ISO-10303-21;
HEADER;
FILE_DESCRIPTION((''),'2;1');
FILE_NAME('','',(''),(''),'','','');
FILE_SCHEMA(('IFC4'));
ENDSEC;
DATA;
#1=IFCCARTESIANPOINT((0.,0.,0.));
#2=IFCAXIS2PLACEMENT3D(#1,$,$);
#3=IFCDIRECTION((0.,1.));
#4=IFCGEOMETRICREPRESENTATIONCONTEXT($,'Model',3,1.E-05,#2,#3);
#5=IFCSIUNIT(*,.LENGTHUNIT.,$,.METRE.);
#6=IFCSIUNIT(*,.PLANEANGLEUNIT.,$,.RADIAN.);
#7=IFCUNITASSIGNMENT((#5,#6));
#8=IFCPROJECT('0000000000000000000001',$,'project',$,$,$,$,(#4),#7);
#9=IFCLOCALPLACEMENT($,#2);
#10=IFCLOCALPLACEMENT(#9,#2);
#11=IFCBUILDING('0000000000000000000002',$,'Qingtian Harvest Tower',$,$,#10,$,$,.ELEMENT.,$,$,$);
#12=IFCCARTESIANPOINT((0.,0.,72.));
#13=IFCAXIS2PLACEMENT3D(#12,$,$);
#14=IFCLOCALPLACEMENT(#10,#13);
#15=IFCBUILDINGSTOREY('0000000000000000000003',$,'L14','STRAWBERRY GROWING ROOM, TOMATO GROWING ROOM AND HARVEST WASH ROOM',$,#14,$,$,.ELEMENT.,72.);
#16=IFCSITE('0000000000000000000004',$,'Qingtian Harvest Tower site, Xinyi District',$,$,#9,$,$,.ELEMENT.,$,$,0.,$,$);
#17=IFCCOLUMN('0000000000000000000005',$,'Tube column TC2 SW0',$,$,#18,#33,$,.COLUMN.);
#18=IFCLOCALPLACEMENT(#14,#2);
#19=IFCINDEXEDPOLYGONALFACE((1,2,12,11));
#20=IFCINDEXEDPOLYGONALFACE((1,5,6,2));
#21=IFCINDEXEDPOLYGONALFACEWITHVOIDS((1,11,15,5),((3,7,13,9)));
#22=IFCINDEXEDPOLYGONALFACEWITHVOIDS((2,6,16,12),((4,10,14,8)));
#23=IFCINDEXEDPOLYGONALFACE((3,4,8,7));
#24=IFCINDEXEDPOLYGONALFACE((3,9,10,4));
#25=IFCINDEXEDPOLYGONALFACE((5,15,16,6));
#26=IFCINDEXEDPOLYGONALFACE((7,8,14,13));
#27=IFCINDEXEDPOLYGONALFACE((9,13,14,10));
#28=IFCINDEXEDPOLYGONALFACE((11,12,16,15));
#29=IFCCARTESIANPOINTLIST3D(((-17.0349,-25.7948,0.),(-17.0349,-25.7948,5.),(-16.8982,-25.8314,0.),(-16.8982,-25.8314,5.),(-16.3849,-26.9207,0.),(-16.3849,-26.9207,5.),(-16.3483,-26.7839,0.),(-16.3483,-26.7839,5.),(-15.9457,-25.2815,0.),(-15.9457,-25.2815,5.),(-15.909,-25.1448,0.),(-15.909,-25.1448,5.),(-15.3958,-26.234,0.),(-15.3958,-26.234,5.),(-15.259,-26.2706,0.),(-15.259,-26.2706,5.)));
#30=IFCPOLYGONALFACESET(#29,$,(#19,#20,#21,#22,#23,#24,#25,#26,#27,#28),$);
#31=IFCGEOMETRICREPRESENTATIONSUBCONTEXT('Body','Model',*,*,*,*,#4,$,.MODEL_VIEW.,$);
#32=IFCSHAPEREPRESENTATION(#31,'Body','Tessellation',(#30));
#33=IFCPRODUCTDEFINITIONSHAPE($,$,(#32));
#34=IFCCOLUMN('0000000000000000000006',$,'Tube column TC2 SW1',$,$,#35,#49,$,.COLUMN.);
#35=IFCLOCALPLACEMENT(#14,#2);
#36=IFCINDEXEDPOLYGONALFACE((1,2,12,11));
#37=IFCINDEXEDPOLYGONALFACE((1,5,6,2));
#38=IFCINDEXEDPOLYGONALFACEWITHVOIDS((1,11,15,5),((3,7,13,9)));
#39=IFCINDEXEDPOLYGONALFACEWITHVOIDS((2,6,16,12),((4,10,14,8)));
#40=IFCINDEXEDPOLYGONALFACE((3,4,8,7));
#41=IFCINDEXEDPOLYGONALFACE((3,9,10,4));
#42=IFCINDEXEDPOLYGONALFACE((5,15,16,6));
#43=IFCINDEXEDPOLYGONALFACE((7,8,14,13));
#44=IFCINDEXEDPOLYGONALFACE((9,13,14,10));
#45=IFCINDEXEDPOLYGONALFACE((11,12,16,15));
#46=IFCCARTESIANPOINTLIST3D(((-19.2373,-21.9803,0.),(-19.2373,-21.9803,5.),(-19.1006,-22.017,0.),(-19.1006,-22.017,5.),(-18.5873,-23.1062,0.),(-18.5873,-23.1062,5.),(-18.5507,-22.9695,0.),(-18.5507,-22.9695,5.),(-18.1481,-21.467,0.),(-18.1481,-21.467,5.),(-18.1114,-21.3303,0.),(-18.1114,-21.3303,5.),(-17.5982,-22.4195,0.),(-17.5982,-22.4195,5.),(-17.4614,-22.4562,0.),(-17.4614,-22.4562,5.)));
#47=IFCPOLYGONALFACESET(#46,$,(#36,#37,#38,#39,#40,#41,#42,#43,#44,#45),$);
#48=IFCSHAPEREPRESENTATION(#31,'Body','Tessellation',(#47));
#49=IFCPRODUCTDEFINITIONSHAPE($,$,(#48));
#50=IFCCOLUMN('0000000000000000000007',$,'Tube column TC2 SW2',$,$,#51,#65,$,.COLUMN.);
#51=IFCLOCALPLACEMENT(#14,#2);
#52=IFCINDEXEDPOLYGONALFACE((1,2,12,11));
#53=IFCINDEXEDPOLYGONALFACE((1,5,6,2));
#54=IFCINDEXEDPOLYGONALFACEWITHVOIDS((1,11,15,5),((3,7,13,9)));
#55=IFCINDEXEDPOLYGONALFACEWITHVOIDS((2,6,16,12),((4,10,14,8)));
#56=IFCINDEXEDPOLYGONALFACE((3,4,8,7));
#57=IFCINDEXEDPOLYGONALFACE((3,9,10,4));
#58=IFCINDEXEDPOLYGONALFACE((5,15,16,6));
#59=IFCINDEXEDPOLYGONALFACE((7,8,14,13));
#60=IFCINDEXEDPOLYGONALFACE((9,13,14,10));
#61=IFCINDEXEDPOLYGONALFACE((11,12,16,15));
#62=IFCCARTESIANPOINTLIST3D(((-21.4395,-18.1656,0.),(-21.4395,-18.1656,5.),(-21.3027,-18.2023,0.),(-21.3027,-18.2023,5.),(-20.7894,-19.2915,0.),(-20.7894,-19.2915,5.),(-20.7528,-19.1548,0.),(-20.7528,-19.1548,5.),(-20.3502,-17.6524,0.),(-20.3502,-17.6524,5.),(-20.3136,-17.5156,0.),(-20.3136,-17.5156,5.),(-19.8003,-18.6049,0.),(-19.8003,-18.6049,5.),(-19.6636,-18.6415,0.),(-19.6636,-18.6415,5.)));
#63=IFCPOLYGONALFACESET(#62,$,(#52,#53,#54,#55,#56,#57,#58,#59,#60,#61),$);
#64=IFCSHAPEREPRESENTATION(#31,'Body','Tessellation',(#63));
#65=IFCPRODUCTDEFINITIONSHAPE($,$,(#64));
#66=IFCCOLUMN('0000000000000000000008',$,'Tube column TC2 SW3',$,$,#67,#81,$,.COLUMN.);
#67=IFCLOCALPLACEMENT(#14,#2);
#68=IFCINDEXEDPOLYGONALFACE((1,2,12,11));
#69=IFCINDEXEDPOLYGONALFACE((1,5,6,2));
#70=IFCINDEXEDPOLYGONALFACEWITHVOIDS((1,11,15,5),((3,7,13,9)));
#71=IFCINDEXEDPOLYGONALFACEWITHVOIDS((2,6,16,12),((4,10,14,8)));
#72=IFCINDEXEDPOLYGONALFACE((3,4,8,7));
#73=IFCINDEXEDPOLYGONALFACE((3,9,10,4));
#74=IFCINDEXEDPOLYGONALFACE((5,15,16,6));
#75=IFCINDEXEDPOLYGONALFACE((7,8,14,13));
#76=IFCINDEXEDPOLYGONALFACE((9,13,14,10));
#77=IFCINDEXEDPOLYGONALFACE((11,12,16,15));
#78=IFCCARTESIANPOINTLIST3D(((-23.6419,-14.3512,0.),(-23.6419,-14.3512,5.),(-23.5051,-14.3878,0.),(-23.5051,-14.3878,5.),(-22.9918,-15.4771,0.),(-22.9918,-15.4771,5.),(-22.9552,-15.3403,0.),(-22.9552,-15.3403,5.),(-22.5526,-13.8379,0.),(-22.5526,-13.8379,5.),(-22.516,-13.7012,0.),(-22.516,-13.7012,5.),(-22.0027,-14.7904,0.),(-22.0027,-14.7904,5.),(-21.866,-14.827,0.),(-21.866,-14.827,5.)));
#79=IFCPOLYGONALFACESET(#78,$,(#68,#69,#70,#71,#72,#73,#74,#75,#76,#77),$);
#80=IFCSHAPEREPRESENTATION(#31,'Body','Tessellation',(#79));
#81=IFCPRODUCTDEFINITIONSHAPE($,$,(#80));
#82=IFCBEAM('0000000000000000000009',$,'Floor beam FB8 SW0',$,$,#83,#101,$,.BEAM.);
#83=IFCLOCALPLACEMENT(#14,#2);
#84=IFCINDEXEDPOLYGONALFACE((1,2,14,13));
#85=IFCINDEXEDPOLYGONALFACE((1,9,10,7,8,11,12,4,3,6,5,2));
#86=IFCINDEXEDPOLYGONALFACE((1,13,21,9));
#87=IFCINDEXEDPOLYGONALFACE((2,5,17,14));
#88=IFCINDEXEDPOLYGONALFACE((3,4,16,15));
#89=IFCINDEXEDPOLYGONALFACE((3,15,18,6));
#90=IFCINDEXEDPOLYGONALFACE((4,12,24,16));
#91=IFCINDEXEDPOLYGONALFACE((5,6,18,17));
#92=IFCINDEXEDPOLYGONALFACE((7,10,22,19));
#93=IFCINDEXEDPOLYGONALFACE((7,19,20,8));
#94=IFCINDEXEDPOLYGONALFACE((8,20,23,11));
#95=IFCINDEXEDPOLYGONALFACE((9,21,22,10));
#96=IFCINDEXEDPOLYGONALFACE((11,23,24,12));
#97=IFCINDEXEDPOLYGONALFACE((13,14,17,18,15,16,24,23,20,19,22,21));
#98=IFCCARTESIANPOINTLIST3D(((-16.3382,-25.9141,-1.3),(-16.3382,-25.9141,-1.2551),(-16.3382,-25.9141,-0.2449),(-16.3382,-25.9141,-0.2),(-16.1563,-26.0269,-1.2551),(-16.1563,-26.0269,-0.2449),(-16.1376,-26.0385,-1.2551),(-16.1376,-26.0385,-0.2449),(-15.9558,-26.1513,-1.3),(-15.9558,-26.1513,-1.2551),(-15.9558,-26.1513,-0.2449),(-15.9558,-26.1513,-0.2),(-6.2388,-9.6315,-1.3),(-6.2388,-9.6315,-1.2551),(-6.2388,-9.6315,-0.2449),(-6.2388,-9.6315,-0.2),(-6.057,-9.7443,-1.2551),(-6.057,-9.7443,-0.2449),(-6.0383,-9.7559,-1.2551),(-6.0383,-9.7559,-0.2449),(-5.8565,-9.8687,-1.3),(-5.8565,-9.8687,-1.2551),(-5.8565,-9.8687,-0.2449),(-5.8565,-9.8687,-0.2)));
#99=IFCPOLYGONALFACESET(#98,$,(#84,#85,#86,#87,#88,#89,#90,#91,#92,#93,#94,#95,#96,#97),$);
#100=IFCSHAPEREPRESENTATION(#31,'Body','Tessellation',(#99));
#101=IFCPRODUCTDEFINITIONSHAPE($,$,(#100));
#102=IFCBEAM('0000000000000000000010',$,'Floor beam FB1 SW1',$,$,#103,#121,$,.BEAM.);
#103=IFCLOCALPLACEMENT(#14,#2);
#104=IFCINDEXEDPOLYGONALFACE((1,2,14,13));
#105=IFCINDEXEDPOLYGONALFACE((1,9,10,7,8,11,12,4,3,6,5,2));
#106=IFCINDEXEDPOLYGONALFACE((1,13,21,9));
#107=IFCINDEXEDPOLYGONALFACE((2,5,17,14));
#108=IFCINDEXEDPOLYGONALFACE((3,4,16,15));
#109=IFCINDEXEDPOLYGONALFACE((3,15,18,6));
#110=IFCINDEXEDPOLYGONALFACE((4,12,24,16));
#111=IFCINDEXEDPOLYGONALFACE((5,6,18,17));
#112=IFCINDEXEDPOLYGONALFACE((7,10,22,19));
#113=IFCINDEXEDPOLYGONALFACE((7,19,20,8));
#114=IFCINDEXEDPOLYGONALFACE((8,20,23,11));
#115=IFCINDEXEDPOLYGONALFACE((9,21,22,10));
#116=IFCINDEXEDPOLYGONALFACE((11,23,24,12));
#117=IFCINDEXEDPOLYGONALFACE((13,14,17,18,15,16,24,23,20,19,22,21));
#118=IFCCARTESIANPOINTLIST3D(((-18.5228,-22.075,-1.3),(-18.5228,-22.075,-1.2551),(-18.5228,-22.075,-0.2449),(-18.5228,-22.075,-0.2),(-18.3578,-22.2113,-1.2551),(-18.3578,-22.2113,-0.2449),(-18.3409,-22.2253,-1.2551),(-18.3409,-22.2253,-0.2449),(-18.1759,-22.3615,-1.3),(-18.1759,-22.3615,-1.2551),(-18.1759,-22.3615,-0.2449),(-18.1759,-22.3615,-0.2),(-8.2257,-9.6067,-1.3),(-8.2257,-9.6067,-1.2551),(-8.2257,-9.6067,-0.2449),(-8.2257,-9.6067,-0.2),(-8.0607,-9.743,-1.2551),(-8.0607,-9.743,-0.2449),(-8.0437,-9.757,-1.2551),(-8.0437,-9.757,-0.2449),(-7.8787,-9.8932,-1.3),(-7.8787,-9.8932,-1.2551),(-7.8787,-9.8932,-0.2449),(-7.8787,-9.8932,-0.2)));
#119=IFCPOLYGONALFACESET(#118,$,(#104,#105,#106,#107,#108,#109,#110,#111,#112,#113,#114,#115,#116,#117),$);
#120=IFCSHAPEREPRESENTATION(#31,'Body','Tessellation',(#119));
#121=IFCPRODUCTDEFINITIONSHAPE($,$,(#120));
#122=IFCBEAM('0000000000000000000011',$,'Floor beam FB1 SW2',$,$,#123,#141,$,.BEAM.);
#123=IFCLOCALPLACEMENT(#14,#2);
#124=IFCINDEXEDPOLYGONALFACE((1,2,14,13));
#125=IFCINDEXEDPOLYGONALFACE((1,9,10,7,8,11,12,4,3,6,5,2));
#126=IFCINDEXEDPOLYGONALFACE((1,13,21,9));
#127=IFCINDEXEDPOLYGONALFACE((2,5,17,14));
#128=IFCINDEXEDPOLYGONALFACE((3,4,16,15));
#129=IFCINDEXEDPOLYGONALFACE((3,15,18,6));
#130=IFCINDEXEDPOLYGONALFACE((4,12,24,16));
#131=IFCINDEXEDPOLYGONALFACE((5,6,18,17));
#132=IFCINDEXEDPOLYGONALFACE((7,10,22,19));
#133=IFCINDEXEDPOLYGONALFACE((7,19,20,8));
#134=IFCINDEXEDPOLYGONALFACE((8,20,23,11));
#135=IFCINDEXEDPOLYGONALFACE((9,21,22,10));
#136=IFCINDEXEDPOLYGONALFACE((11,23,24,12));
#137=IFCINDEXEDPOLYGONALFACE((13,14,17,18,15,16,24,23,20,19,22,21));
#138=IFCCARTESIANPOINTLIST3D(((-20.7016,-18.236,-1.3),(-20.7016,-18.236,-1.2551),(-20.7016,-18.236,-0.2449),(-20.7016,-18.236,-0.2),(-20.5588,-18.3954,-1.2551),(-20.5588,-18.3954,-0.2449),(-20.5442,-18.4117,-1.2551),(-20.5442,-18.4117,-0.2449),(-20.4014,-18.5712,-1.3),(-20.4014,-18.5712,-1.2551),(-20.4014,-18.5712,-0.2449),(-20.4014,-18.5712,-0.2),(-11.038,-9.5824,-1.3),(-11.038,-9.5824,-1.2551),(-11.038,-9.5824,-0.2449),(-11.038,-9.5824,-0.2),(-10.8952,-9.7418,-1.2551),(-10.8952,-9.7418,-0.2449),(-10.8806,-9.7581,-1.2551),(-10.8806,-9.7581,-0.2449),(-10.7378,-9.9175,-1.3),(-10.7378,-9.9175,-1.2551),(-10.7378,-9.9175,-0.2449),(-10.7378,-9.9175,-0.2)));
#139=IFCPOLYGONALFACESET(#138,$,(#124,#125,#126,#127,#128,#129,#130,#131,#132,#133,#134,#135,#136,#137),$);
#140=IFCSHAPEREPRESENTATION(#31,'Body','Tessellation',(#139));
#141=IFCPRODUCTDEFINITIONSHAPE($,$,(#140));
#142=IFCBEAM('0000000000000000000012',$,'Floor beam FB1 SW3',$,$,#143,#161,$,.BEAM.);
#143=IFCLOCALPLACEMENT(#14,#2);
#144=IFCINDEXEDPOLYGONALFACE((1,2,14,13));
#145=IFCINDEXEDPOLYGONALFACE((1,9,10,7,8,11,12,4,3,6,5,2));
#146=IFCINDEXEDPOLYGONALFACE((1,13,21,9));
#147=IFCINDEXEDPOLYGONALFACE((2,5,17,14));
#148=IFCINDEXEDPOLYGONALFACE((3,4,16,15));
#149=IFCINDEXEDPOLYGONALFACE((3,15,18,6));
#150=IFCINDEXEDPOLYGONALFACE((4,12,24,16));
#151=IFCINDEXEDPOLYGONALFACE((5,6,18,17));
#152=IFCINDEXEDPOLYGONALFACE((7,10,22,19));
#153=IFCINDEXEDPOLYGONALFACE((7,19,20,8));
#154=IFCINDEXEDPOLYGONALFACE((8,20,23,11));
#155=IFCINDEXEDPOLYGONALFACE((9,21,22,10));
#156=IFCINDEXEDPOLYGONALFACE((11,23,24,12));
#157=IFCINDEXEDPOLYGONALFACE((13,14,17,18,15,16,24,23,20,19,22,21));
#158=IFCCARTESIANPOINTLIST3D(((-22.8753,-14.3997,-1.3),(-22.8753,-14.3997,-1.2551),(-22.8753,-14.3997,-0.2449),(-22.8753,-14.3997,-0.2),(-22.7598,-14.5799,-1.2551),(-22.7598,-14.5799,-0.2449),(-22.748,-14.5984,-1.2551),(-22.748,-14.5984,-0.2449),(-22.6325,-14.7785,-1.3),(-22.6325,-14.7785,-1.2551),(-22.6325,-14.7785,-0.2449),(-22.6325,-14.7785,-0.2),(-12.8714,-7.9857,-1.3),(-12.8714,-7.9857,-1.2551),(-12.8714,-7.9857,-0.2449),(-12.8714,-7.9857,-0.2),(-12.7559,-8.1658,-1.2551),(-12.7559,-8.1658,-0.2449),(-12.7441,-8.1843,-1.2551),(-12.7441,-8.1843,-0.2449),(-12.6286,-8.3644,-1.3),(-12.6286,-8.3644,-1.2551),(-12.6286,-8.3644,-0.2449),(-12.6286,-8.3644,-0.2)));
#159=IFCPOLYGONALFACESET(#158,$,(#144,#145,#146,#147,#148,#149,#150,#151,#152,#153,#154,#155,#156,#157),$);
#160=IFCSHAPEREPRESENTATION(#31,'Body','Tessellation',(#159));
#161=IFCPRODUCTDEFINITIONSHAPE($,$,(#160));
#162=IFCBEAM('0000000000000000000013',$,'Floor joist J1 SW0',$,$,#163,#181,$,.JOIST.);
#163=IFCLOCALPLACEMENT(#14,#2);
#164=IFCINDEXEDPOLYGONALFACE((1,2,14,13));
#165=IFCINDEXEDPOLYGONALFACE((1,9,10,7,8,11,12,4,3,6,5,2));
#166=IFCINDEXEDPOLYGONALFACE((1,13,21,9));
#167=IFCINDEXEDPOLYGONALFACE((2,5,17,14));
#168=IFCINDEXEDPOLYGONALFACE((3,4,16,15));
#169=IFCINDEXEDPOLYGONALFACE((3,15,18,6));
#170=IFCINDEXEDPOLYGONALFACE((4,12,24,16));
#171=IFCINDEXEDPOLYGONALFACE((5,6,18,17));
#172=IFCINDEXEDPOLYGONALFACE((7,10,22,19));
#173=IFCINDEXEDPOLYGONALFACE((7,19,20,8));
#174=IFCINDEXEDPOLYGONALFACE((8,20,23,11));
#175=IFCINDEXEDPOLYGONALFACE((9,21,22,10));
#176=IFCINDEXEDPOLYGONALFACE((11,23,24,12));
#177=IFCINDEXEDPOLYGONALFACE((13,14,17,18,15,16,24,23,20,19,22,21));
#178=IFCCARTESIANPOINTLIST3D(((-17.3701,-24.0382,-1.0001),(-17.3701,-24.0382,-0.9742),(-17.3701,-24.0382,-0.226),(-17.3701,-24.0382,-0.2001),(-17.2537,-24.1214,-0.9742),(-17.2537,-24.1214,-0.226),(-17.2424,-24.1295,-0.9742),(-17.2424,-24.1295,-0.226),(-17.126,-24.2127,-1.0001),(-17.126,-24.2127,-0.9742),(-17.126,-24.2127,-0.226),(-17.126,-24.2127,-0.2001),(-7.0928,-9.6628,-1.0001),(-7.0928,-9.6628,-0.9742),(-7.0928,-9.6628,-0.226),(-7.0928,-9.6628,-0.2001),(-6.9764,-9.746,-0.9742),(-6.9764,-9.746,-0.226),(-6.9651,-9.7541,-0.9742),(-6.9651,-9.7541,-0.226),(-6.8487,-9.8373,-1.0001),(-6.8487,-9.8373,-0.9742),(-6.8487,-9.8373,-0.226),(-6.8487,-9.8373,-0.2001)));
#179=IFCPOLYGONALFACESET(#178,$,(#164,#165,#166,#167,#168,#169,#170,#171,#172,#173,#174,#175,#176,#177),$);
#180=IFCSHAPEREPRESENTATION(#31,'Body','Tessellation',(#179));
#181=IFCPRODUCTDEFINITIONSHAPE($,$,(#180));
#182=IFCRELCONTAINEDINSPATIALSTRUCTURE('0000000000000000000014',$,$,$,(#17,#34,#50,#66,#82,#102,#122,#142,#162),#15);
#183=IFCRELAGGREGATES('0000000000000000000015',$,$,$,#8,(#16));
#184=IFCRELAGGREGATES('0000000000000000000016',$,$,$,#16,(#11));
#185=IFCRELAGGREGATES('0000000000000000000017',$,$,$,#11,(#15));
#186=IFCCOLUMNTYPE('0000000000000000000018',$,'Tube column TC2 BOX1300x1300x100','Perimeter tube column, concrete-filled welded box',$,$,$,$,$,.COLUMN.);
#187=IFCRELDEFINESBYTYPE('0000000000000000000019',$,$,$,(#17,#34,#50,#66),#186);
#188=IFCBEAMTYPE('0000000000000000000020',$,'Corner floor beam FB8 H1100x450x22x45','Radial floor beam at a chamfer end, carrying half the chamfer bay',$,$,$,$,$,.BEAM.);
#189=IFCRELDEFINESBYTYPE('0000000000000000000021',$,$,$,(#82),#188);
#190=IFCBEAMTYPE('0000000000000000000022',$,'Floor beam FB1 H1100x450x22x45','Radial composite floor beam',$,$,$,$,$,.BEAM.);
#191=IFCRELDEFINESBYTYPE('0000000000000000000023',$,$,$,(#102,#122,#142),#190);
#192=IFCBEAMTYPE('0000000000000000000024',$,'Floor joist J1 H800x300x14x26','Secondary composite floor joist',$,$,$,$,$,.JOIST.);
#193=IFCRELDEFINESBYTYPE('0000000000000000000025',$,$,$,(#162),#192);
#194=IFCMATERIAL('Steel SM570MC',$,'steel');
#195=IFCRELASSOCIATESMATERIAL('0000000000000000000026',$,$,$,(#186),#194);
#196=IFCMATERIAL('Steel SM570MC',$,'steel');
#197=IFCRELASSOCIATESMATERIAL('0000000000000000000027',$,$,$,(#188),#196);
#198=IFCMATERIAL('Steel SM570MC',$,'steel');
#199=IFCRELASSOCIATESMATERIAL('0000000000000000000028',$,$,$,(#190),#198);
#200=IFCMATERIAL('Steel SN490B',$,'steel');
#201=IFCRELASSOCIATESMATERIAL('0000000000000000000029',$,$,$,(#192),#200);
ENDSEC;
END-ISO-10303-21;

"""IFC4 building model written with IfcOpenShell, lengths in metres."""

from ifc_helpers import new_model, si_unit, direction, frame, origin, origin_2d, place, context, subcontext, project, spatial, hollow_rectangle, i_section, extrude, material, material_profile, profile_set, type_object, element, save


model = new_model("IFC4")

# Units and contexts
model_context = context("Model", 3, precision=1e-05, world=origin(), true_north=direction((0.0, 1.0)))
body_context = subcontext(model_context, "Body", "Model", "MODEL_VIEW")
ifc_project = project(units=[si_unit("LENGTHUNIT", "METRE"), si_unit("PLANEANGLEUNIT", "RADIAN")], contexts=[model_context])

# Site, building, storey
site_placement = place(None, origin())
site = spatial("IfcSite", under=ifc_project, at=site_placement, Name="Qingtian Harvest Tower site, Xinyi District", CompositionType="ELEMENT", RefElevation=0.0)
building_placement = place(site_placement, origin())
building = spatial("IfcBuilding", under=site, at=building_placement, Name="Qingtian Harvest Tower", CompositionType="ELEMENT")
storey_placement = place(building_placement, frame((0.0, 0.0, 72.0)))
storey = spatial("IfcBuildingStorey", under=building, at=storey_placement, Name="L14", Description="STRAWBERRY GROWING ROOM, TOMATO GROWING ROOM AND HARVEST WASH ROOM", CompositionType="ELEMENT", Elevation=72.0)

# Columns
ifc_material_1 = material(Name="Steel SM570MC", Category="steel")
ifc_material_profile_1 = material_profile(ifc_material_1, hollow_rectangle(XDim=1.3, YDim=1.3, WallThickness=0.1001, at=origin_2d()), Name="BOX1300x1300x100")
ifc_profile_set_1 = profile_set([ifc_material_profile_1], Name="Steel SM570MC")
column_type = type_object("IfcColumnType", Name="Tube column TC2 BOX1300x1300x100", Description="Perimeter tube column, concrete-filled welded box", PredefinedType="COLUMN", material=ifc_profile_set_1)
for number, where, z_axis, x_axis, name in (
    (1, (-16.147, -26.0327, 0.0), (0.0, 0.0, 1.0), (0.5, -0.866025, 0.0), "Tube column TC2 SW0"),
    (2, (-18.3494, -22.2183, 0.0), (0.0, 0.0, 1.0), (0.5, -0.866025, 0.0), "Tube column TC2 SW1"),
    (3, (-20.5515, -18.4036, 0.0), (0.0, 0.0, 1.0), (0.5, -0.866025, 0.0), "Tube column TC2 SW2"),
    (4, (-22.7539, -14.5891, 0.0), (0.0, 0.0, 1.0), (0.5, -0.866025, 0.0), "Tube column TC2 SW3"),
):
    element("IfcColumn", number, at=place(storey_placement, frame(where, z_axis=z_axis, x_axis=x_axis)), inside=storey, type_object=column_type, Name=name, PredefinedType="COLUMN", context=body_context, shape_type="SweptSolid", body=[
        extrude(hollow_rectangle(XDim=1.3, YDim=1.3, WallThickness=0.1001, at=origin_2d()), origin(), (0.0, 0.0, 1.0), 5.0),
    ])

# Beams
ifc_material_2 = material(Name="Steel SM570MC", Category="steel")
ifc_material_profile_2 = material_profile(ifc_material_2, i_section(OverallWidth=0.45, OverallDepth=1.1001, WebThickness=0.022, FlangeThickness=0.0449, at=origin_2d()), Name="H1100x450x22x45")
ifc_profile_set_2 = profile_set([ifc_material_profile_2], Name="Steel SM570MC")
beam_type_1 = type_object("IfcBeamType", Name="Corner floor beam FB8 H1100x450x22x45", Description="Radial floor beam at a chamfer end, carrying half the chamfer bay", PredefinedType="BEAM", material=ifc_profile_set_2)
beam_1_placement = place(storey_placement, frame((-16.147, -26.0327, -0.75), z_axis=(0.527094, 0.849807, 0.0), x_axis=(-0.849807, 0.527094, 0.0)))
element("IfcBeam", 5, at=beam_1_placement, inside=storey, type_object=beam_type_1, Name="Floor beam FB8 SW0", PredefinedType="BEAM", context=body_context, shape_type="SweptSolid", body=[
    extrude(i_section(OverallWidth=0.45, OverallDepth=1.1001, WebThickness=0.022, FlangeThickness=0.0449, at=origin_2d()), origin(), (0.0, 0.0, 1.0), 19.1604),
])
ifc_material_3 = material(Name="Steel SM570MC", Category="steel")
ifc_material_profile_3 = material_profile(ifc_material_3, i_section(OverallWidth=0.45, OverallDepth=1.1001, WebThickness=0.022, FlangeThickness=0.0449, at=origin_2d()), Name="H1100x450x22x45")
ifc_profile_set_3 = profile_set([ifc_material_profile_3], Name="Steel SM570MC")
beam_type_2 = type_object("IfcBeamType", Name="Floor beam FB1 H1100x450x22x45", Description="Radial composite floor beam", PredefinedType="BEAM", material=ifc_profile_set_3)
beam_2_placement = place(storey_placement, frame((-18.3494, -22.2183, -0.75), z_axis=(0.63678, 0.771045, 0.0), x_axis=(-0.771045, 0.63678, 0.0)))
element("IfcBeam", 6, at=beam_2_placement, inside=storey, type_object=beam_type_2, Name="Floor beam FB1 SW1", PredefinedType="BEAM", context=body_context, shape_type="SweptSolid", body=[
    extrude(i_section(OverallWidth=0.45, OverallDepth=1.1001, WebThickness=0.022, FlangeThickness=0.0449, at=origin_2d()), origin(), (0.0, 0.0, 1.0), 16.1707),
])
beam_3_placement = place(storey_placement, frame((-20.5515, -18.4036, -0.75), z_axis=(0.744965, 0.667103, 0.0), x_axis=(-0.667103, 0.744965, 0.0)))
element("IfcBeam", 7, at=beam_3_placement, inside=storey, type_object=beam_type_2, Name="Floor beam FB1 SW2", PredefinedType="BEAM", context=body_context, shape_type="SweptSolid", body=[
    extrude(i_section(OverallWidth=0.45, OverallDepth=1.1001, WebThickness=0.022, FlangeThickness=0.0449, at=origin_2d()), origin(), (0.0, 0.0, 1.0), 12.9719),
])
beam_4_placement = place(storey_placement, frame((-22.7539, -14.5891, -0.75), z_axis=(0.841829, 0.539744, 0.0), x_axis=(-0.539744, 0.841829, 0.0)))
element("IfcBeam", 8, at=beam_4_placement, inside=storey, type_object=beam_type_2, Name="Floor beam FB1 SW3", PredefinedType="BEAM", context=body_context, shape_type="SweptSolid", body=[
    extrude(i_section(OverallWidth=0.45, OverallDepth=1.1001, WebThickness=0.022, FlangeThickness=0.0449, at=origin_2d()), origin(), (0.0, 0.0, 1.0), 11.8835),
])
ifc_material_4 = material(Name="Steel SN490B", Category="steel")
ifc_material_profile_4 = material_profile(ifc_material_4, i_section(OverallWidth=0.3, OverallDepth=0.8, WebThickness=0.0139, FlangeThickness=0.0259, at=origin_2d()), Name="H800x300x14x26")
ifc_profile_set_4 = profile_set([ifc_material_profile_4], Name="Steel SN490B")
beam_type_3 = type_object("IfcBeamType", Name="Floor joist J1 H800x300x14x26", Description="Secondary composite floor joist", PredefinedType="JOIST", material=ifc_profile_set_4)
beam_5_placement = place(storey_placement, frame((-17.248, -24.1255, -0.6001), z_axis=(0.581581, 0.813489, 0.0), x_axis=(-0.813489, 0.581581, 0.0)))
element("IfcBeam", 9, at=beam_5_placement, inside=storey, type_object=beam_type_3, Name="Floor joist J1 SW0", PredefinedType="JOIST", context=body_context, shape_type="SweptSolid", body=[
    extrude(i_section(OverallWidth=0.3, OverallDepth=0.8, WebThickness=0.0139, FlangeThickness=0.0259, at=origin_2d()), origin(), (0.0, 0.0, 1.0), 17.6714),
])

save(model, "model.ifc")
